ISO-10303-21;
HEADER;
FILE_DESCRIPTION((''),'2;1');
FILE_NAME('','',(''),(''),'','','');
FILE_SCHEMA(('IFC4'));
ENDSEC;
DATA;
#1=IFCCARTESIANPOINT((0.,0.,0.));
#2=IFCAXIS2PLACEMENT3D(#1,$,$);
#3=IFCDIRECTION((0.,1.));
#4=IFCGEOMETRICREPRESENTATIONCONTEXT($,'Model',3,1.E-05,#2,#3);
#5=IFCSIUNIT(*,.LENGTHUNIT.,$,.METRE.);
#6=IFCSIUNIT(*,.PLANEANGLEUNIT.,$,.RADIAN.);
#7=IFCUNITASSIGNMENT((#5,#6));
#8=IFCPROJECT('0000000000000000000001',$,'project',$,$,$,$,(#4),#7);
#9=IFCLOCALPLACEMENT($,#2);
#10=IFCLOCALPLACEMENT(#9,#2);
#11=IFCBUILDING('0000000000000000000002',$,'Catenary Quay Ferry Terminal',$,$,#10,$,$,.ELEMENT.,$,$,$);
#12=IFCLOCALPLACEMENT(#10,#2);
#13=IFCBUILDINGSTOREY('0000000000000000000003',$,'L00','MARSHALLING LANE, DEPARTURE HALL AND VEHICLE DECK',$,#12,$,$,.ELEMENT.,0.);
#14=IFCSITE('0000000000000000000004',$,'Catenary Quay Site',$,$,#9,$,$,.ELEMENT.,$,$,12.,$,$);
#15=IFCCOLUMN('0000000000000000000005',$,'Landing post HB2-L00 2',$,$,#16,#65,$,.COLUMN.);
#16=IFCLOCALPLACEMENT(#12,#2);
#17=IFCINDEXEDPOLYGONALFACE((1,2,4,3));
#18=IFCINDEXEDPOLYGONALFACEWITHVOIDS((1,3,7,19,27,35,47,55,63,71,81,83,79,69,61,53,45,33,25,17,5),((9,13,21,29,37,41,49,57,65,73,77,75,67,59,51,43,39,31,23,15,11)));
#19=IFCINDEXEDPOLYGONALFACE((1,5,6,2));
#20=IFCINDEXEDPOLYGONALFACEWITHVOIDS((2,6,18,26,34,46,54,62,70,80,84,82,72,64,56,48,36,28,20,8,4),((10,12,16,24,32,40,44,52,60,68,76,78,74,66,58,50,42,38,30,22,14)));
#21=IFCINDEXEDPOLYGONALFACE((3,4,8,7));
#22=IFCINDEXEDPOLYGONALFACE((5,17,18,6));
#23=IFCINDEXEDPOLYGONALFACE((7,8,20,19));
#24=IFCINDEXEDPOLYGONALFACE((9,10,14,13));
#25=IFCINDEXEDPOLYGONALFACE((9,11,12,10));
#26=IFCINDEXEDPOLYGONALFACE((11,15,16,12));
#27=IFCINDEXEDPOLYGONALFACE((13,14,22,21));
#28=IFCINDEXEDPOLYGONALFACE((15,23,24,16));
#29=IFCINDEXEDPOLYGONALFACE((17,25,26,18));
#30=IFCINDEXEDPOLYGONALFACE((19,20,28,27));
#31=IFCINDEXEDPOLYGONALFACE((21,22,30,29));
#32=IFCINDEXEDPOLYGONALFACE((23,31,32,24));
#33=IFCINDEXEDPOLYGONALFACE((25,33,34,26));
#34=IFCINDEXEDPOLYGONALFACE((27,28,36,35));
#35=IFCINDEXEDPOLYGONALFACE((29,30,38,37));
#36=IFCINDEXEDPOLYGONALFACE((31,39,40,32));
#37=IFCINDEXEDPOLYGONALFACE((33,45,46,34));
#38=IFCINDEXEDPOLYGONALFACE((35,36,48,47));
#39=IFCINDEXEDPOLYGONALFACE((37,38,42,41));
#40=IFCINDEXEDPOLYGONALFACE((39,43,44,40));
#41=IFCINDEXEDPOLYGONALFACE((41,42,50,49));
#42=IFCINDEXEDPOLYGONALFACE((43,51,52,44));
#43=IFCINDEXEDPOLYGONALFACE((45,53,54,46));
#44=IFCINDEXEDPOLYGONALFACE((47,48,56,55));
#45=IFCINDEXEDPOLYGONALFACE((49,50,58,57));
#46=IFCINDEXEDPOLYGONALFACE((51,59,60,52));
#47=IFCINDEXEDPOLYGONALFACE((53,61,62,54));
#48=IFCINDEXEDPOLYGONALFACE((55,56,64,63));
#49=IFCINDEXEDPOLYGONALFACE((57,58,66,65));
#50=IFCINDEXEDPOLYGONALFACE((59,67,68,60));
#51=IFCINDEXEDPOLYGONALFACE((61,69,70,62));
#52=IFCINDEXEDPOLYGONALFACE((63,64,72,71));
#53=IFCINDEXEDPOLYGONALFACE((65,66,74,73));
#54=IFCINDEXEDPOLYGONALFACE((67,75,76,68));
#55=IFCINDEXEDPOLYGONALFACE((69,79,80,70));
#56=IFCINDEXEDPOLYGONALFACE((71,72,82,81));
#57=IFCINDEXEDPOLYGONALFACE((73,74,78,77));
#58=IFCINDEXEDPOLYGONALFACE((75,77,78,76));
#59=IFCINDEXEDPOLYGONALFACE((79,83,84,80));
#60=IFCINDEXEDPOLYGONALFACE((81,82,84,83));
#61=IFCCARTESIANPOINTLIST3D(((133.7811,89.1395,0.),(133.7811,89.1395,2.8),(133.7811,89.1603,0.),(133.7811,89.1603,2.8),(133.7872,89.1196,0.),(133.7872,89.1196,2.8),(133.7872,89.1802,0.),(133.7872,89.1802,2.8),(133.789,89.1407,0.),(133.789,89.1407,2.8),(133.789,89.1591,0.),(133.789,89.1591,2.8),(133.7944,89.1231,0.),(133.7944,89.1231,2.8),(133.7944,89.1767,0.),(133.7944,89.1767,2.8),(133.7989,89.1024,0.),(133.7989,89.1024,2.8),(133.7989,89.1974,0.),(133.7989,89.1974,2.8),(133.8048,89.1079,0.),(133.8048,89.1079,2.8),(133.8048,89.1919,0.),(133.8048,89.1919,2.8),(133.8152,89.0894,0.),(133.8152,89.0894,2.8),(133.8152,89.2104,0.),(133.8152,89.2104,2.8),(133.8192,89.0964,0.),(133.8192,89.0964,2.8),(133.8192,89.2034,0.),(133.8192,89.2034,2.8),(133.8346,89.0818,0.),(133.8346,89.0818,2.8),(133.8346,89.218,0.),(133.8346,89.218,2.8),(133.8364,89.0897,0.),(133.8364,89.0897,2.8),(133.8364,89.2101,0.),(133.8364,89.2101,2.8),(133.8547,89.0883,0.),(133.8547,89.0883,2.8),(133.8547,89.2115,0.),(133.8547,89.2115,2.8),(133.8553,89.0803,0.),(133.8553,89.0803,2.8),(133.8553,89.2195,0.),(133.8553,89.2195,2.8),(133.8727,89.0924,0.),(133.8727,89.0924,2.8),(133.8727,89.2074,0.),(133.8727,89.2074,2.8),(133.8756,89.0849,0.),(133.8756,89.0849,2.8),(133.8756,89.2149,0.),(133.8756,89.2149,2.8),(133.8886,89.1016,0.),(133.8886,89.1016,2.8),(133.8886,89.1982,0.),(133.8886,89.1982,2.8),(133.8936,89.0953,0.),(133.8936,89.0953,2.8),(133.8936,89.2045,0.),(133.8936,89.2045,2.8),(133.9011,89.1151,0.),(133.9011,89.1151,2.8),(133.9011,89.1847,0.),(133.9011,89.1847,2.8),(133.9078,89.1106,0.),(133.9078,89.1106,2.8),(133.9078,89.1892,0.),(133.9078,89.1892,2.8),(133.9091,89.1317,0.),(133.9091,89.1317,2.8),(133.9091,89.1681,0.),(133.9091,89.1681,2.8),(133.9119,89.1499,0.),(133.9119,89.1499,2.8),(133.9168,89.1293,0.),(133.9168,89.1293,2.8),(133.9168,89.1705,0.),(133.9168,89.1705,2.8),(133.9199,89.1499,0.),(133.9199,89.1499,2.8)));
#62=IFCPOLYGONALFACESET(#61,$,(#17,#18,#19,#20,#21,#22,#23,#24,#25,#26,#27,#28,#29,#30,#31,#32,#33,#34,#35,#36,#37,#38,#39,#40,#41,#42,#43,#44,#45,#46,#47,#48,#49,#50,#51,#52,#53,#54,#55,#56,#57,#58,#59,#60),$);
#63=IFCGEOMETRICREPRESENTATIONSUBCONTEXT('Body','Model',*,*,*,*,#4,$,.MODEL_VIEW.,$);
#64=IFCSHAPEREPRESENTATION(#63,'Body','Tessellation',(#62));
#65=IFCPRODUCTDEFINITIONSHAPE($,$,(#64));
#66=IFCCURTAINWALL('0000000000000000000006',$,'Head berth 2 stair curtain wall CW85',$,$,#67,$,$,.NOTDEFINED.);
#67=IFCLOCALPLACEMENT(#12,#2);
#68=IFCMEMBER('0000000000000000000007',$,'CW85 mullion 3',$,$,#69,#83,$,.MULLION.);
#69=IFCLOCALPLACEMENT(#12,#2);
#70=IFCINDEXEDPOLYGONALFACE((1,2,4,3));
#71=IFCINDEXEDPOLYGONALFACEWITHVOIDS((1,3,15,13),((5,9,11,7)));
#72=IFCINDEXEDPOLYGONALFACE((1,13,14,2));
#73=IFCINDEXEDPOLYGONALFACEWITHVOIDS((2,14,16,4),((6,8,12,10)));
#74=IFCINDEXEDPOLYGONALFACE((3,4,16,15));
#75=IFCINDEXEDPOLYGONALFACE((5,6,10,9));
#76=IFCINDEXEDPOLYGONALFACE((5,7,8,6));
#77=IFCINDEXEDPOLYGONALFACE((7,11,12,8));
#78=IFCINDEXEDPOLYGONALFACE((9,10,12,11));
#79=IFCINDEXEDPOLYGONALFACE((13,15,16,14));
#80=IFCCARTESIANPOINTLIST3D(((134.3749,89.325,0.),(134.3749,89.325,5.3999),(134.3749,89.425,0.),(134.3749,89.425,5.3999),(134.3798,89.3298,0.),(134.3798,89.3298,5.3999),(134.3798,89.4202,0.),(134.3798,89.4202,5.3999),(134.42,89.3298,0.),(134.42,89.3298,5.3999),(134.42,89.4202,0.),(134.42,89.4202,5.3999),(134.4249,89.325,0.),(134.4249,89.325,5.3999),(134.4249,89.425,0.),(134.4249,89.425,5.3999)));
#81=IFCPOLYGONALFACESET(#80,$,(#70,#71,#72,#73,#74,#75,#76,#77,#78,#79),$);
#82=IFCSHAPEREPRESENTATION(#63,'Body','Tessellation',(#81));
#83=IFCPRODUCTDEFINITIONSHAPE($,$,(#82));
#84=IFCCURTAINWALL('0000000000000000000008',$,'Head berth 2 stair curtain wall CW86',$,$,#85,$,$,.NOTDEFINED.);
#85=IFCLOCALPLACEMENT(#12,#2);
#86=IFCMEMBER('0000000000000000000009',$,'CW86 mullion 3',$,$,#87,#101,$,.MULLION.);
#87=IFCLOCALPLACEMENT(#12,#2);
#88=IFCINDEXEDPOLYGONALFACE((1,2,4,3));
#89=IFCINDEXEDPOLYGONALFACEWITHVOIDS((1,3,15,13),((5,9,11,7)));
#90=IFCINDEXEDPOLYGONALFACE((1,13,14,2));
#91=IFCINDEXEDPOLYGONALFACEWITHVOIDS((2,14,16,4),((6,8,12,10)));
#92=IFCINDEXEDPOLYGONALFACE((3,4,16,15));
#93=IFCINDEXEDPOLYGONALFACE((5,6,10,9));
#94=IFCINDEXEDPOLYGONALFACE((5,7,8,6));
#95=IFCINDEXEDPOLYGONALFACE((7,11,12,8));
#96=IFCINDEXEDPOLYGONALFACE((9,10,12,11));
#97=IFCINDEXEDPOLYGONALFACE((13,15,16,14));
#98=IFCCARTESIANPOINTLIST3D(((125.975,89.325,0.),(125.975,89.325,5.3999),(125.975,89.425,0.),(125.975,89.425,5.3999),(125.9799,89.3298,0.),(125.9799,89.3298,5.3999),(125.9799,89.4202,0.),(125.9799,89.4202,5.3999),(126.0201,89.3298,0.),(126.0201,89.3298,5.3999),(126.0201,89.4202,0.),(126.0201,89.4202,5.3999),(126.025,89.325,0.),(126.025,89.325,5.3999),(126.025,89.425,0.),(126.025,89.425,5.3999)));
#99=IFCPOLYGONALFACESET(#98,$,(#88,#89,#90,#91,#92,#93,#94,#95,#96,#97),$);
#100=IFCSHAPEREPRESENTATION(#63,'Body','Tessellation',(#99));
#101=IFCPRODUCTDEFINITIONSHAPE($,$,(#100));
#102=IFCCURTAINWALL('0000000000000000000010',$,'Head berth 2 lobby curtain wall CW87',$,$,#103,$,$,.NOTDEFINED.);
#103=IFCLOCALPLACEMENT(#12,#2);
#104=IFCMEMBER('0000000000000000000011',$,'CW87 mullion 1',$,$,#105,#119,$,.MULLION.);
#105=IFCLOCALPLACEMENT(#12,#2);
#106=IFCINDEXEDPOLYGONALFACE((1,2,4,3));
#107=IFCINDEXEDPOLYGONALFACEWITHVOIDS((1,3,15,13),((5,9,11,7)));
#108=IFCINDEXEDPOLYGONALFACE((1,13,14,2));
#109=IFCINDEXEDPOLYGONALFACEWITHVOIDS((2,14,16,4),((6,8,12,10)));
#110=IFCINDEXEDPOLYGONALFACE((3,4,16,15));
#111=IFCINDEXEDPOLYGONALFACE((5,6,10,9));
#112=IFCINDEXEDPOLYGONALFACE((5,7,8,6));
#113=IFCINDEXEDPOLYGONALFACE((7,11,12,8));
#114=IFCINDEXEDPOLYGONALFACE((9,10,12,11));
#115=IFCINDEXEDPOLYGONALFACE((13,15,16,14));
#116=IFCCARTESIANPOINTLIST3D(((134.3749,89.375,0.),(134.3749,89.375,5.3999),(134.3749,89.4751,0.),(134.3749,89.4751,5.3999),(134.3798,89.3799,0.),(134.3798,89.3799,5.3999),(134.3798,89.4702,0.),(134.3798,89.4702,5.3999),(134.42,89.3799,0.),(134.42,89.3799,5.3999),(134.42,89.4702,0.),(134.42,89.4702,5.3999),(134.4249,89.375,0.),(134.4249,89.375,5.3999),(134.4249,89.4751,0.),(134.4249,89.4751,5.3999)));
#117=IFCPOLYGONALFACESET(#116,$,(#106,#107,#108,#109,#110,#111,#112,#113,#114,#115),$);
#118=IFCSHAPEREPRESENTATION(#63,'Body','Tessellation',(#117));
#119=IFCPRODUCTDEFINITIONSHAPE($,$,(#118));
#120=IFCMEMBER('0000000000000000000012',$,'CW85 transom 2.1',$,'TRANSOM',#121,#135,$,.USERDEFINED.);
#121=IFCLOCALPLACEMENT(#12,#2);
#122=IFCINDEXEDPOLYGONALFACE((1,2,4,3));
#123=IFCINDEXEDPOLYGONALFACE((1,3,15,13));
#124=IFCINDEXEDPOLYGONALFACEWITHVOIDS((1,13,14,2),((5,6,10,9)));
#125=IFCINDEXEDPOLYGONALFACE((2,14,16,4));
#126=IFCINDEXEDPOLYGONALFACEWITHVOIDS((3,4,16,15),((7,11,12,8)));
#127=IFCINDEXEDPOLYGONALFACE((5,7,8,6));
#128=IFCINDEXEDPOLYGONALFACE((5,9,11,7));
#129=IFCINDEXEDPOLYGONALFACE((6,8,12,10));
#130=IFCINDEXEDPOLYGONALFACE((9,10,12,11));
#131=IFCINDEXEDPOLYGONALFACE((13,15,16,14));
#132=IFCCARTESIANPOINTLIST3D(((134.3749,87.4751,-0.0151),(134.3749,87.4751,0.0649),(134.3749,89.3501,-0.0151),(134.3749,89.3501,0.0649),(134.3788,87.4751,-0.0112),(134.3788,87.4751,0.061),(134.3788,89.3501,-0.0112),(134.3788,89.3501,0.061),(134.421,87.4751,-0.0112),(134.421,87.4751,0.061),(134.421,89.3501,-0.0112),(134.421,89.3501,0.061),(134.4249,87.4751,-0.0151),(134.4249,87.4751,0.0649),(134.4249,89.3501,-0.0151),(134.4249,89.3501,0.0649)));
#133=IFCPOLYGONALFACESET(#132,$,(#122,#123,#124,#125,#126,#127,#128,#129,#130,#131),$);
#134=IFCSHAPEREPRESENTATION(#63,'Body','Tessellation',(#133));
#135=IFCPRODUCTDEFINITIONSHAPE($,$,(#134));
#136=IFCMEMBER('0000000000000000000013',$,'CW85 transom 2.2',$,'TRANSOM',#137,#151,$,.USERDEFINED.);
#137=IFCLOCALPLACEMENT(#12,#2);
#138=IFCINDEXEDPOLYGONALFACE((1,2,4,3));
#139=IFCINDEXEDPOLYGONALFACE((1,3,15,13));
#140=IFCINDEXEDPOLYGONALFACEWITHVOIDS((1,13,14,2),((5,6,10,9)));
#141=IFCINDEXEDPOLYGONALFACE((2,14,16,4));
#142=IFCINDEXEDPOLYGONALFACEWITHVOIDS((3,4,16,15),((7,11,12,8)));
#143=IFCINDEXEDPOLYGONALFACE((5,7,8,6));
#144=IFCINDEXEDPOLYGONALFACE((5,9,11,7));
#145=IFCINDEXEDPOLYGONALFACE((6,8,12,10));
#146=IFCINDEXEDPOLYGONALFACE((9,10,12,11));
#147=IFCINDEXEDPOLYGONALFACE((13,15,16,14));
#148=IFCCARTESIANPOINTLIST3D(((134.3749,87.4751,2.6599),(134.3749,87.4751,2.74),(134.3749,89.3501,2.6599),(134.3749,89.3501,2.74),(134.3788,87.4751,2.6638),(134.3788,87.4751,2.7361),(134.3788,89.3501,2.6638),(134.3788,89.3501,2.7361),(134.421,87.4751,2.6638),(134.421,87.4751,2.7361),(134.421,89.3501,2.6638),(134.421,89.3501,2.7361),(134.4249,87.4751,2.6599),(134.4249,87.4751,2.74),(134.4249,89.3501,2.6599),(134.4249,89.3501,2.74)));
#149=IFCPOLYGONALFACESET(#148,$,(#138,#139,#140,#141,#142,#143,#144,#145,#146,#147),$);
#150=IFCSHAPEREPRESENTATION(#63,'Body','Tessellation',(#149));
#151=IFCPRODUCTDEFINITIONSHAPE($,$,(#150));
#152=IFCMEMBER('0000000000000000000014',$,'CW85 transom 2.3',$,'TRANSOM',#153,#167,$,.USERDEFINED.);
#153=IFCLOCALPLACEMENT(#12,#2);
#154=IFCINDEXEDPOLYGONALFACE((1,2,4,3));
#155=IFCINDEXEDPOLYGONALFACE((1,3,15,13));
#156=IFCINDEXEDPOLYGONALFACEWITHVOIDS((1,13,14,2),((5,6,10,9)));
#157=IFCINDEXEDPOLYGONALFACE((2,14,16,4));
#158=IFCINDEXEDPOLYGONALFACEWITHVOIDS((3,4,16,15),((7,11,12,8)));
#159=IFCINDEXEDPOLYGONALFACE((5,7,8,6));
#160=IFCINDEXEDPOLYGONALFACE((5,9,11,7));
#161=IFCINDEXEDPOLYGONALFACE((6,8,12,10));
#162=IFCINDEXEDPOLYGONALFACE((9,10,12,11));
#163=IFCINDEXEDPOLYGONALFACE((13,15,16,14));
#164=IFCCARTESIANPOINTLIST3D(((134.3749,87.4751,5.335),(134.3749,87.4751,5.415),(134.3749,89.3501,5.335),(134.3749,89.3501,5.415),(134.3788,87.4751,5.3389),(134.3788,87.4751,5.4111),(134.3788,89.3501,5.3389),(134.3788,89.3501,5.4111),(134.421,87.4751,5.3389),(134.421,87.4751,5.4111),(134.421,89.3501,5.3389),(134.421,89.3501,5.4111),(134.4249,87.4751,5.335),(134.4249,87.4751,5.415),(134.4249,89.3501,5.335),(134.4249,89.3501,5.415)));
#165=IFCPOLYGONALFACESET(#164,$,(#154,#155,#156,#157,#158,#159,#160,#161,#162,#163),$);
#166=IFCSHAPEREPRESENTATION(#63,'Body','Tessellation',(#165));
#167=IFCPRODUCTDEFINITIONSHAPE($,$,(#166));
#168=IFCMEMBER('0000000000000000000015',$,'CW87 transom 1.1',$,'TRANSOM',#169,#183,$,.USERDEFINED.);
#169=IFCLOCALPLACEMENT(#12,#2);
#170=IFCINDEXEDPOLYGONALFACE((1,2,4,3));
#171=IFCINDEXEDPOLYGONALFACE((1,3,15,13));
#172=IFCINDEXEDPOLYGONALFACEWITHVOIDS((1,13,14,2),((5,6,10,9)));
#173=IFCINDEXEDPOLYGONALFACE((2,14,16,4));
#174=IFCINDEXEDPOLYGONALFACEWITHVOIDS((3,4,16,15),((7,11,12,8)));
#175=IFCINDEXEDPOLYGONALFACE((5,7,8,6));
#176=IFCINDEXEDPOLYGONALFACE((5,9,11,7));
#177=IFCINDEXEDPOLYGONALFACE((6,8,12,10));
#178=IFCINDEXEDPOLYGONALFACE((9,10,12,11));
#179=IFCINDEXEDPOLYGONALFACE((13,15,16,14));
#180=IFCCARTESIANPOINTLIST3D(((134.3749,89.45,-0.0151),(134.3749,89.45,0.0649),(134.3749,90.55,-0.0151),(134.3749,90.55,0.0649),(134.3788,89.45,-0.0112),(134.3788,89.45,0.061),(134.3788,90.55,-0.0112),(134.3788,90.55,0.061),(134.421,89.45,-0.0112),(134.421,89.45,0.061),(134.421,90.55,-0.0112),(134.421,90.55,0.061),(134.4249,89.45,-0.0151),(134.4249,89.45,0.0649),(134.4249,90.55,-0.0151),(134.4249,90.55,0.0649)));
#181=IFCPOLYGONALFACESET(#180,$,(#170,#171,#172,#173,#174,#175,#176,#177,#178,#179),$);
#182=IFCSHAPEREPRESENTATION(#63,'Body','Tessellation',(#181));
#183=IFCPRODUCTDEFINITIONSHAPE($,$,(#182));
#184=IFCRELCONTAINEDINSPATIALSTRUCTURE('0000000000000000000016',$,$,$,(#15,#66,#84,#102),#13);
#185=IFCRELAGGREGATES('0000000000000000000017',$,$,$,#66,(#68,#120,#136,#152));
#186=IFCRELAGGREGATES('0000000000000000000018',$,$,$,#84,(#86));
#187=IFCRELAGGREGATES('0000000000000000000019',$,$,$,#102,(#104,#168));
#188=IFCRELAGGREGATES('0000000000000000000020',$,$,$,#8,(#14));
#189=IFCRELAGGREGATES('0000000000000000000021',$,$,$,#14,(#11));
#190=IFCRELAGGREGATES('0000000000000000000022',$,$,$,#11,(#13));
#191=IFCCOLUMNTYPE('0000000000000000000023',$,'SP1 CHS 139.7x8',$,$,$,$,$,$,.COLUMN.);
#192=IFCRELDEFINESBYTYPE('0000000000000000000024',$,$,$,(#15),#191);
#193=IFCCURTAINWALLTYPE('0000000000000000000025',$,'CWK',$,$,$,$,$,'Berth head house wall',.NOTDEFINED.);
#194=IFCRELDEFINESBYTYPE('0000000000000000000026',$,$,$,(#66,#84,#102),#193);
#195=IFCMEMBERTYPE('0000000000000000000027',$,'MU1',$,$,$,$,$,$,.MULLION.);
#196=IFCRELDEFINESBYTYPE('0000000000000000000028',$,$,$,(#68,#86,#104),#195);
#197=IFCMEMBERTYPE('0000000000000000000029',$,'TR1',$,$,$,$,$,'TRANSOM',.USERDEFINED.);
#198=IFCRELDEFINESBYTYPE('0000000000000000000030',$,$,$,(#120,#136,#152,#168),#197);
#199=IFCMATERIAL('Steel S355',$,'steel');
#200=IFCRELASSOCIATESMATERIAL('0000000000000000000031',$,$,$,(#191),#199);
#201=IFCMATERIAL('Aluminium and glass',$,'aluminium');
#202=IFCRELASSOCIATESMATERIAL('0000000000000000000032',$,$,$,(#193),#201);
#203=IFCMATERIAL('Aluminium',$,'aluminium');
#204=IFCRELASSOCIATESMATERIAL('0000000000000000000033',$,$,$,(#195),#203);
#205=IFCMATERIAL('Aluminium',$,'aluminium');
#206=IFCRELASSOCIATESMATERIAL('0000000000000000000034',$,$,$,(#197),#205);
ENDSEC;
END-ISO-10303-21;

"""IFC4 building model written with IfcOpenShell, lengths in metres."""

from ifc_helpers import new_model, si_unit, direction, frame, origin, origin_2d, place, context, subcontext, project, spatial, hollow_rectangle, hollow_circle, extrude, material, material_profile, profile_set, type_object, element, aggregate, save


model = new_model("IFC4")

# Units and contexts
model_context = context("Model", 3, precision=1e-05, world=origin(), true_north=direction((0.0, 1.0)))
body_context = subcontext(model_context, "Body", "Model", "MODEL_VIEW")
ifc_project = project(units=[si_unit("LENGTHUNIT", "METRE"), si_unit("PLANEANGLEUNIT", "RADIAN")], contexts=[model_context])

# Site, building, storey
site_placement = place(None, origin())
site = spatial("IfcSite", under=ifc_project, at=site_placement, Name="Catenary Quay Site", CompositionType="ELEMENT", RefElevation=12.0)
building_placement = place(site_placement, origin())
building = spatial("IfcBuilding", under=site, at=building_placement, Name="Catenary Quay Ferry Terminal", CompositionType="ELEMENT")
storey_placement = place(building_placement, origin())
storey = spatial("IfcBuildingStorey", under=building, at=storey_placement, Name="L00", Description="MARSHALLING LANE, DEPARTURE HALL AND VEHICLE DECK", CompositionType="ELEMENT", Elevation=0.0)

# Column
ifc_material_1 = material(Name="Steel S355", Category="steel")
ifc_material_profile_1 = material_profile(ifc_material_1, hollow_circle(Radius=0.0698, WallThickness=0.0081, at=origin_2d()), Name="CHS 139.7x8")
ifc_profile_set_1 = profile_set([ifc_material_profile_1], Name="Steel S355")
column_type_1 = type_object("IfcColumnType", Name="SP1 CHS 139.7x8", PredefinedType="COLUMN", material=ifc_profile_set_1)
column_placement = place(storey_placement, frame((133.8501, 89.1499, 0.0), z_axis=(0.0, 0.0, 1.0), x_axis=(1.0, 0.0, 0.0)))
element("IfcColumn", 1, at=column_placement, inside=storey, type_object=column_type_1, Name="Landing post HB2-L00 2", PredefinedType="COLUMN", context=body_context, shape_type="SweptSolid", body=[
    extrude(hollow_circle(Radius=0.0698, WallThickness=0.0081, at=origin_2d()), origin(), (0.0, 0.0, 1.0), 2.8),
])

# Curtain walls, members
ifc_material_2 = material(Name="Aluminium and glass", Category="aluminium")
curtain_wall_type = type_object("IfcCurtainWallType", Name="CWK", ElementType="Berth head house wall", PredefinedType="NOTDEFINED", material=ifc_material_2)
curtain_wall_1_placement = place(storey_placement, origin())
curtain_wall_1 = element("IfcCurtainWall", 2, at=curtain_wall_1_placement, inside=storey, type_object=curtain_wall_type, Name="Head berth 2 stair curtain wall CW85", PredefinedType="NOTDEFINED")
ifc_material_3 = material(Name="Aluminium", Category="aluminium")
ifc_material_profile_2 = material_profile(ifc_material_3, hollow_rectangle(XDim=0.05, YDim=0.1001, WallThickness=0.0049, at=origin_2d()), Name="MU1")
ifc_profile_set_2 = profile_set([ifc_material_profile_2], Name="Aluminium")
member_type_1 = type_object("IfcMemberType", Name="MU1", PredefinedType="MULLION", material=ifc_profile_set_2)
member_1_placement = place(storey_placement, frame((134.3999, 89.375, 0.0), z_axis=(0.0, 0.0, 1.0), x_axis=(-1.0, 0.0, 0.0)))
member_1 = element("IfcMember", 3, at=member_1_placement, type_object=member_type_1, Name="CW85 mullion 3", PredefinedType="MULLION", context=body_context, shape_type="SweptSolid", body=[
    extrude(hollow_rectangle(XDim=0.05, YDim=0.1001, WallThickness=0.0049, at=origin_2d()), origin(), (0.0, 0.0, 1.0), 5.3999),
])
curtain_wall_2_placement = place(storey_placement, origin())
curtain_wall_2 = element("IfcCurtainWall", 4, at=curtain_wall_2_placement, inside=storey, type_object=curtain_wall_type, Name="Head berth 2 stair curtain wall CW86", PredefinedType="NOTDEFINED")
member_2_placement = place(storey_placement, frame((126.0, 89.375, 0.0), z_axis=(0.0, 0.0, 1.0), x_axis=(-1.0, 0.0, 0.0)))
member_2 = element("IfcMember", 5, at=member_2_placement, type_object=member_type_1, Name="CW86 mullion 3", PredefinedType="MULLION", context=body_context, shape_type="SweptSolid", body=[
    extrude(hollow_rectangle(XDim=0.05, YDim=0.1001, WallThickness=0.0049, at=origin_2d()), origin(), (0.0, 0.0, 1.0), 5.3999),
])
curtain_wall_3_placement = place(storey_placement, origin())
curtain_wall_3 = element("IfcCurtainWall", 6, at=curtain_wall_3_placement, inside=storey, type_object=curtain_wall_type, Name="Head berth 2 lobby curtain wall CW87", PredefinedType="NOTDEFINED")
member_3_placement = place(storey_placement, frame((134.3999, 89.425, 0.0), z_axis=(0.0, 0.0, 1.0), x_axis=(-1.0, 0.0, 0.0)))
member_3 = element("IfcMember", 7, at=member_3_placement, type_object=member_type_1, Name="CW87 mullion 1", PredefinedType="MULLION", context=body_context, shape_type="SweptSolid", body=[
    extrude(hollow_rectangle(XDim=0.05, YDim=0.1001, WallThickness=0.0049, at=origin_2d()), origin(), (0.0, 0.0, 1.0), 5.3999),
])

# Members
ifc_material_4 = material(Name="Aluminium", Category="aluminium")
ifc_material_profile_3 = material_profile(ifc_material_4, hollow_rectangle(XDim=0.05, YDim=0.0801, WallThickness=0.0039, at=origin_2d()), Name="TR1")
ifc_profile_set_3 = profile_set([ifc_material_profile_3], Name="Aluminium")
member_type_2 = type_object("IfcMemberType", Name="TR1", ElementType="TRANSOM", PredefinedType="USERDEFINED", material=ifc_profile_set_3)
member_4_placement = place(storey_placement, frame((134.3999, 87.4751, 0.0249), z_axis=(0.0, 1.0, 0.0), x_axis=(-1.0, 0.0, 0.0)))
member_4 = element("IfcMember", 8, at=member_4_placement, type_object=member_type_2, Name="CW85 transom 2.1", ObjectType="TRANSOM", PredefinedType="USERDEFINED", context=body_context, shape_type="SweptSolid", body=[
    extrude(hollow_rectangle(XDim=0.05, YDim=0.0801, WallThickness=0.0039, at=origin_2d()), origin(), (0.0, 0.0, 1.0), 1.875),
])
member_5_placement = place(storey_placement, frame((134.3999, 87.4751, 2.7), z_axis=(0.0, 1.0, 0.0), x_axis=(-1.0, 0.0, 0.0)))
member_5 = element("IfcMember", 9, at=member_5_placement, type_object=member_type_2, Name="CW85 transom 2.2", ObjectType="TRANSOM", PredefinedType="USERDEFINED", context=body_context, shape_type="SweptSolid", body=[
    extrude(hollow_rectangle(XDim=0.05, YDim=0.0801, WallThickness=0.0039, at=origin_2d()), origin(), (0.0, 0.0, 1.0), 1.875),
])
member_6_placement = place(storey_placement, frame((134.3999, 87.4751, 5.375), z_axis=(0.0, 1.0, 0.0), x_axis=(-1.0, 0.0, 0.0)))
member_6 = element("IfcMember", 10, at=member_6_placement, type_object=member_type_2, Name="CW85 transom 2.3", ObjectType="TRANSOM", PredefinedType="USERDEFINED", context=body_context, shape_type="SweptSolid", body=[
    extrude(hollow_rectangle(XDim=0.05, YDim=0.0801, WallThickness=0.0039, at=origin_2d()), origin(), (0.0, 0.0, 1.0), 1.875),
])
member_7_placement = place(storey_placement, frame((134.3999, 89.45, 0.0249), z_axis=(0.0, 1.0, 0.0), x_axis=(-1.0, 0.0, 0.0)))
member_7 = element("IfcMember", 11, at=member_7_placement, type_object=member_type_2, Name="CW87 transom 1.1", ObjectType="TRANSOM", PredefinedType="USERDEFINED", context=body_context, shape_type="SweptSolid", body=[
    extrude(hollow_rectangle(XDim=0.05, YDim=0.0801, WallThickness=0.0039, at=origin_2d()), origin(), (0.0, 0.0, 1.0), 1.1001),
])

aggregate(curtain_wall_1, [member_1, member_4, member_5, member_6])
aggregate(curtain_wall_2, [member_2])
aggregate(curtain_wall_3, [member_3, member_7])

save(model, "model.ifc")
